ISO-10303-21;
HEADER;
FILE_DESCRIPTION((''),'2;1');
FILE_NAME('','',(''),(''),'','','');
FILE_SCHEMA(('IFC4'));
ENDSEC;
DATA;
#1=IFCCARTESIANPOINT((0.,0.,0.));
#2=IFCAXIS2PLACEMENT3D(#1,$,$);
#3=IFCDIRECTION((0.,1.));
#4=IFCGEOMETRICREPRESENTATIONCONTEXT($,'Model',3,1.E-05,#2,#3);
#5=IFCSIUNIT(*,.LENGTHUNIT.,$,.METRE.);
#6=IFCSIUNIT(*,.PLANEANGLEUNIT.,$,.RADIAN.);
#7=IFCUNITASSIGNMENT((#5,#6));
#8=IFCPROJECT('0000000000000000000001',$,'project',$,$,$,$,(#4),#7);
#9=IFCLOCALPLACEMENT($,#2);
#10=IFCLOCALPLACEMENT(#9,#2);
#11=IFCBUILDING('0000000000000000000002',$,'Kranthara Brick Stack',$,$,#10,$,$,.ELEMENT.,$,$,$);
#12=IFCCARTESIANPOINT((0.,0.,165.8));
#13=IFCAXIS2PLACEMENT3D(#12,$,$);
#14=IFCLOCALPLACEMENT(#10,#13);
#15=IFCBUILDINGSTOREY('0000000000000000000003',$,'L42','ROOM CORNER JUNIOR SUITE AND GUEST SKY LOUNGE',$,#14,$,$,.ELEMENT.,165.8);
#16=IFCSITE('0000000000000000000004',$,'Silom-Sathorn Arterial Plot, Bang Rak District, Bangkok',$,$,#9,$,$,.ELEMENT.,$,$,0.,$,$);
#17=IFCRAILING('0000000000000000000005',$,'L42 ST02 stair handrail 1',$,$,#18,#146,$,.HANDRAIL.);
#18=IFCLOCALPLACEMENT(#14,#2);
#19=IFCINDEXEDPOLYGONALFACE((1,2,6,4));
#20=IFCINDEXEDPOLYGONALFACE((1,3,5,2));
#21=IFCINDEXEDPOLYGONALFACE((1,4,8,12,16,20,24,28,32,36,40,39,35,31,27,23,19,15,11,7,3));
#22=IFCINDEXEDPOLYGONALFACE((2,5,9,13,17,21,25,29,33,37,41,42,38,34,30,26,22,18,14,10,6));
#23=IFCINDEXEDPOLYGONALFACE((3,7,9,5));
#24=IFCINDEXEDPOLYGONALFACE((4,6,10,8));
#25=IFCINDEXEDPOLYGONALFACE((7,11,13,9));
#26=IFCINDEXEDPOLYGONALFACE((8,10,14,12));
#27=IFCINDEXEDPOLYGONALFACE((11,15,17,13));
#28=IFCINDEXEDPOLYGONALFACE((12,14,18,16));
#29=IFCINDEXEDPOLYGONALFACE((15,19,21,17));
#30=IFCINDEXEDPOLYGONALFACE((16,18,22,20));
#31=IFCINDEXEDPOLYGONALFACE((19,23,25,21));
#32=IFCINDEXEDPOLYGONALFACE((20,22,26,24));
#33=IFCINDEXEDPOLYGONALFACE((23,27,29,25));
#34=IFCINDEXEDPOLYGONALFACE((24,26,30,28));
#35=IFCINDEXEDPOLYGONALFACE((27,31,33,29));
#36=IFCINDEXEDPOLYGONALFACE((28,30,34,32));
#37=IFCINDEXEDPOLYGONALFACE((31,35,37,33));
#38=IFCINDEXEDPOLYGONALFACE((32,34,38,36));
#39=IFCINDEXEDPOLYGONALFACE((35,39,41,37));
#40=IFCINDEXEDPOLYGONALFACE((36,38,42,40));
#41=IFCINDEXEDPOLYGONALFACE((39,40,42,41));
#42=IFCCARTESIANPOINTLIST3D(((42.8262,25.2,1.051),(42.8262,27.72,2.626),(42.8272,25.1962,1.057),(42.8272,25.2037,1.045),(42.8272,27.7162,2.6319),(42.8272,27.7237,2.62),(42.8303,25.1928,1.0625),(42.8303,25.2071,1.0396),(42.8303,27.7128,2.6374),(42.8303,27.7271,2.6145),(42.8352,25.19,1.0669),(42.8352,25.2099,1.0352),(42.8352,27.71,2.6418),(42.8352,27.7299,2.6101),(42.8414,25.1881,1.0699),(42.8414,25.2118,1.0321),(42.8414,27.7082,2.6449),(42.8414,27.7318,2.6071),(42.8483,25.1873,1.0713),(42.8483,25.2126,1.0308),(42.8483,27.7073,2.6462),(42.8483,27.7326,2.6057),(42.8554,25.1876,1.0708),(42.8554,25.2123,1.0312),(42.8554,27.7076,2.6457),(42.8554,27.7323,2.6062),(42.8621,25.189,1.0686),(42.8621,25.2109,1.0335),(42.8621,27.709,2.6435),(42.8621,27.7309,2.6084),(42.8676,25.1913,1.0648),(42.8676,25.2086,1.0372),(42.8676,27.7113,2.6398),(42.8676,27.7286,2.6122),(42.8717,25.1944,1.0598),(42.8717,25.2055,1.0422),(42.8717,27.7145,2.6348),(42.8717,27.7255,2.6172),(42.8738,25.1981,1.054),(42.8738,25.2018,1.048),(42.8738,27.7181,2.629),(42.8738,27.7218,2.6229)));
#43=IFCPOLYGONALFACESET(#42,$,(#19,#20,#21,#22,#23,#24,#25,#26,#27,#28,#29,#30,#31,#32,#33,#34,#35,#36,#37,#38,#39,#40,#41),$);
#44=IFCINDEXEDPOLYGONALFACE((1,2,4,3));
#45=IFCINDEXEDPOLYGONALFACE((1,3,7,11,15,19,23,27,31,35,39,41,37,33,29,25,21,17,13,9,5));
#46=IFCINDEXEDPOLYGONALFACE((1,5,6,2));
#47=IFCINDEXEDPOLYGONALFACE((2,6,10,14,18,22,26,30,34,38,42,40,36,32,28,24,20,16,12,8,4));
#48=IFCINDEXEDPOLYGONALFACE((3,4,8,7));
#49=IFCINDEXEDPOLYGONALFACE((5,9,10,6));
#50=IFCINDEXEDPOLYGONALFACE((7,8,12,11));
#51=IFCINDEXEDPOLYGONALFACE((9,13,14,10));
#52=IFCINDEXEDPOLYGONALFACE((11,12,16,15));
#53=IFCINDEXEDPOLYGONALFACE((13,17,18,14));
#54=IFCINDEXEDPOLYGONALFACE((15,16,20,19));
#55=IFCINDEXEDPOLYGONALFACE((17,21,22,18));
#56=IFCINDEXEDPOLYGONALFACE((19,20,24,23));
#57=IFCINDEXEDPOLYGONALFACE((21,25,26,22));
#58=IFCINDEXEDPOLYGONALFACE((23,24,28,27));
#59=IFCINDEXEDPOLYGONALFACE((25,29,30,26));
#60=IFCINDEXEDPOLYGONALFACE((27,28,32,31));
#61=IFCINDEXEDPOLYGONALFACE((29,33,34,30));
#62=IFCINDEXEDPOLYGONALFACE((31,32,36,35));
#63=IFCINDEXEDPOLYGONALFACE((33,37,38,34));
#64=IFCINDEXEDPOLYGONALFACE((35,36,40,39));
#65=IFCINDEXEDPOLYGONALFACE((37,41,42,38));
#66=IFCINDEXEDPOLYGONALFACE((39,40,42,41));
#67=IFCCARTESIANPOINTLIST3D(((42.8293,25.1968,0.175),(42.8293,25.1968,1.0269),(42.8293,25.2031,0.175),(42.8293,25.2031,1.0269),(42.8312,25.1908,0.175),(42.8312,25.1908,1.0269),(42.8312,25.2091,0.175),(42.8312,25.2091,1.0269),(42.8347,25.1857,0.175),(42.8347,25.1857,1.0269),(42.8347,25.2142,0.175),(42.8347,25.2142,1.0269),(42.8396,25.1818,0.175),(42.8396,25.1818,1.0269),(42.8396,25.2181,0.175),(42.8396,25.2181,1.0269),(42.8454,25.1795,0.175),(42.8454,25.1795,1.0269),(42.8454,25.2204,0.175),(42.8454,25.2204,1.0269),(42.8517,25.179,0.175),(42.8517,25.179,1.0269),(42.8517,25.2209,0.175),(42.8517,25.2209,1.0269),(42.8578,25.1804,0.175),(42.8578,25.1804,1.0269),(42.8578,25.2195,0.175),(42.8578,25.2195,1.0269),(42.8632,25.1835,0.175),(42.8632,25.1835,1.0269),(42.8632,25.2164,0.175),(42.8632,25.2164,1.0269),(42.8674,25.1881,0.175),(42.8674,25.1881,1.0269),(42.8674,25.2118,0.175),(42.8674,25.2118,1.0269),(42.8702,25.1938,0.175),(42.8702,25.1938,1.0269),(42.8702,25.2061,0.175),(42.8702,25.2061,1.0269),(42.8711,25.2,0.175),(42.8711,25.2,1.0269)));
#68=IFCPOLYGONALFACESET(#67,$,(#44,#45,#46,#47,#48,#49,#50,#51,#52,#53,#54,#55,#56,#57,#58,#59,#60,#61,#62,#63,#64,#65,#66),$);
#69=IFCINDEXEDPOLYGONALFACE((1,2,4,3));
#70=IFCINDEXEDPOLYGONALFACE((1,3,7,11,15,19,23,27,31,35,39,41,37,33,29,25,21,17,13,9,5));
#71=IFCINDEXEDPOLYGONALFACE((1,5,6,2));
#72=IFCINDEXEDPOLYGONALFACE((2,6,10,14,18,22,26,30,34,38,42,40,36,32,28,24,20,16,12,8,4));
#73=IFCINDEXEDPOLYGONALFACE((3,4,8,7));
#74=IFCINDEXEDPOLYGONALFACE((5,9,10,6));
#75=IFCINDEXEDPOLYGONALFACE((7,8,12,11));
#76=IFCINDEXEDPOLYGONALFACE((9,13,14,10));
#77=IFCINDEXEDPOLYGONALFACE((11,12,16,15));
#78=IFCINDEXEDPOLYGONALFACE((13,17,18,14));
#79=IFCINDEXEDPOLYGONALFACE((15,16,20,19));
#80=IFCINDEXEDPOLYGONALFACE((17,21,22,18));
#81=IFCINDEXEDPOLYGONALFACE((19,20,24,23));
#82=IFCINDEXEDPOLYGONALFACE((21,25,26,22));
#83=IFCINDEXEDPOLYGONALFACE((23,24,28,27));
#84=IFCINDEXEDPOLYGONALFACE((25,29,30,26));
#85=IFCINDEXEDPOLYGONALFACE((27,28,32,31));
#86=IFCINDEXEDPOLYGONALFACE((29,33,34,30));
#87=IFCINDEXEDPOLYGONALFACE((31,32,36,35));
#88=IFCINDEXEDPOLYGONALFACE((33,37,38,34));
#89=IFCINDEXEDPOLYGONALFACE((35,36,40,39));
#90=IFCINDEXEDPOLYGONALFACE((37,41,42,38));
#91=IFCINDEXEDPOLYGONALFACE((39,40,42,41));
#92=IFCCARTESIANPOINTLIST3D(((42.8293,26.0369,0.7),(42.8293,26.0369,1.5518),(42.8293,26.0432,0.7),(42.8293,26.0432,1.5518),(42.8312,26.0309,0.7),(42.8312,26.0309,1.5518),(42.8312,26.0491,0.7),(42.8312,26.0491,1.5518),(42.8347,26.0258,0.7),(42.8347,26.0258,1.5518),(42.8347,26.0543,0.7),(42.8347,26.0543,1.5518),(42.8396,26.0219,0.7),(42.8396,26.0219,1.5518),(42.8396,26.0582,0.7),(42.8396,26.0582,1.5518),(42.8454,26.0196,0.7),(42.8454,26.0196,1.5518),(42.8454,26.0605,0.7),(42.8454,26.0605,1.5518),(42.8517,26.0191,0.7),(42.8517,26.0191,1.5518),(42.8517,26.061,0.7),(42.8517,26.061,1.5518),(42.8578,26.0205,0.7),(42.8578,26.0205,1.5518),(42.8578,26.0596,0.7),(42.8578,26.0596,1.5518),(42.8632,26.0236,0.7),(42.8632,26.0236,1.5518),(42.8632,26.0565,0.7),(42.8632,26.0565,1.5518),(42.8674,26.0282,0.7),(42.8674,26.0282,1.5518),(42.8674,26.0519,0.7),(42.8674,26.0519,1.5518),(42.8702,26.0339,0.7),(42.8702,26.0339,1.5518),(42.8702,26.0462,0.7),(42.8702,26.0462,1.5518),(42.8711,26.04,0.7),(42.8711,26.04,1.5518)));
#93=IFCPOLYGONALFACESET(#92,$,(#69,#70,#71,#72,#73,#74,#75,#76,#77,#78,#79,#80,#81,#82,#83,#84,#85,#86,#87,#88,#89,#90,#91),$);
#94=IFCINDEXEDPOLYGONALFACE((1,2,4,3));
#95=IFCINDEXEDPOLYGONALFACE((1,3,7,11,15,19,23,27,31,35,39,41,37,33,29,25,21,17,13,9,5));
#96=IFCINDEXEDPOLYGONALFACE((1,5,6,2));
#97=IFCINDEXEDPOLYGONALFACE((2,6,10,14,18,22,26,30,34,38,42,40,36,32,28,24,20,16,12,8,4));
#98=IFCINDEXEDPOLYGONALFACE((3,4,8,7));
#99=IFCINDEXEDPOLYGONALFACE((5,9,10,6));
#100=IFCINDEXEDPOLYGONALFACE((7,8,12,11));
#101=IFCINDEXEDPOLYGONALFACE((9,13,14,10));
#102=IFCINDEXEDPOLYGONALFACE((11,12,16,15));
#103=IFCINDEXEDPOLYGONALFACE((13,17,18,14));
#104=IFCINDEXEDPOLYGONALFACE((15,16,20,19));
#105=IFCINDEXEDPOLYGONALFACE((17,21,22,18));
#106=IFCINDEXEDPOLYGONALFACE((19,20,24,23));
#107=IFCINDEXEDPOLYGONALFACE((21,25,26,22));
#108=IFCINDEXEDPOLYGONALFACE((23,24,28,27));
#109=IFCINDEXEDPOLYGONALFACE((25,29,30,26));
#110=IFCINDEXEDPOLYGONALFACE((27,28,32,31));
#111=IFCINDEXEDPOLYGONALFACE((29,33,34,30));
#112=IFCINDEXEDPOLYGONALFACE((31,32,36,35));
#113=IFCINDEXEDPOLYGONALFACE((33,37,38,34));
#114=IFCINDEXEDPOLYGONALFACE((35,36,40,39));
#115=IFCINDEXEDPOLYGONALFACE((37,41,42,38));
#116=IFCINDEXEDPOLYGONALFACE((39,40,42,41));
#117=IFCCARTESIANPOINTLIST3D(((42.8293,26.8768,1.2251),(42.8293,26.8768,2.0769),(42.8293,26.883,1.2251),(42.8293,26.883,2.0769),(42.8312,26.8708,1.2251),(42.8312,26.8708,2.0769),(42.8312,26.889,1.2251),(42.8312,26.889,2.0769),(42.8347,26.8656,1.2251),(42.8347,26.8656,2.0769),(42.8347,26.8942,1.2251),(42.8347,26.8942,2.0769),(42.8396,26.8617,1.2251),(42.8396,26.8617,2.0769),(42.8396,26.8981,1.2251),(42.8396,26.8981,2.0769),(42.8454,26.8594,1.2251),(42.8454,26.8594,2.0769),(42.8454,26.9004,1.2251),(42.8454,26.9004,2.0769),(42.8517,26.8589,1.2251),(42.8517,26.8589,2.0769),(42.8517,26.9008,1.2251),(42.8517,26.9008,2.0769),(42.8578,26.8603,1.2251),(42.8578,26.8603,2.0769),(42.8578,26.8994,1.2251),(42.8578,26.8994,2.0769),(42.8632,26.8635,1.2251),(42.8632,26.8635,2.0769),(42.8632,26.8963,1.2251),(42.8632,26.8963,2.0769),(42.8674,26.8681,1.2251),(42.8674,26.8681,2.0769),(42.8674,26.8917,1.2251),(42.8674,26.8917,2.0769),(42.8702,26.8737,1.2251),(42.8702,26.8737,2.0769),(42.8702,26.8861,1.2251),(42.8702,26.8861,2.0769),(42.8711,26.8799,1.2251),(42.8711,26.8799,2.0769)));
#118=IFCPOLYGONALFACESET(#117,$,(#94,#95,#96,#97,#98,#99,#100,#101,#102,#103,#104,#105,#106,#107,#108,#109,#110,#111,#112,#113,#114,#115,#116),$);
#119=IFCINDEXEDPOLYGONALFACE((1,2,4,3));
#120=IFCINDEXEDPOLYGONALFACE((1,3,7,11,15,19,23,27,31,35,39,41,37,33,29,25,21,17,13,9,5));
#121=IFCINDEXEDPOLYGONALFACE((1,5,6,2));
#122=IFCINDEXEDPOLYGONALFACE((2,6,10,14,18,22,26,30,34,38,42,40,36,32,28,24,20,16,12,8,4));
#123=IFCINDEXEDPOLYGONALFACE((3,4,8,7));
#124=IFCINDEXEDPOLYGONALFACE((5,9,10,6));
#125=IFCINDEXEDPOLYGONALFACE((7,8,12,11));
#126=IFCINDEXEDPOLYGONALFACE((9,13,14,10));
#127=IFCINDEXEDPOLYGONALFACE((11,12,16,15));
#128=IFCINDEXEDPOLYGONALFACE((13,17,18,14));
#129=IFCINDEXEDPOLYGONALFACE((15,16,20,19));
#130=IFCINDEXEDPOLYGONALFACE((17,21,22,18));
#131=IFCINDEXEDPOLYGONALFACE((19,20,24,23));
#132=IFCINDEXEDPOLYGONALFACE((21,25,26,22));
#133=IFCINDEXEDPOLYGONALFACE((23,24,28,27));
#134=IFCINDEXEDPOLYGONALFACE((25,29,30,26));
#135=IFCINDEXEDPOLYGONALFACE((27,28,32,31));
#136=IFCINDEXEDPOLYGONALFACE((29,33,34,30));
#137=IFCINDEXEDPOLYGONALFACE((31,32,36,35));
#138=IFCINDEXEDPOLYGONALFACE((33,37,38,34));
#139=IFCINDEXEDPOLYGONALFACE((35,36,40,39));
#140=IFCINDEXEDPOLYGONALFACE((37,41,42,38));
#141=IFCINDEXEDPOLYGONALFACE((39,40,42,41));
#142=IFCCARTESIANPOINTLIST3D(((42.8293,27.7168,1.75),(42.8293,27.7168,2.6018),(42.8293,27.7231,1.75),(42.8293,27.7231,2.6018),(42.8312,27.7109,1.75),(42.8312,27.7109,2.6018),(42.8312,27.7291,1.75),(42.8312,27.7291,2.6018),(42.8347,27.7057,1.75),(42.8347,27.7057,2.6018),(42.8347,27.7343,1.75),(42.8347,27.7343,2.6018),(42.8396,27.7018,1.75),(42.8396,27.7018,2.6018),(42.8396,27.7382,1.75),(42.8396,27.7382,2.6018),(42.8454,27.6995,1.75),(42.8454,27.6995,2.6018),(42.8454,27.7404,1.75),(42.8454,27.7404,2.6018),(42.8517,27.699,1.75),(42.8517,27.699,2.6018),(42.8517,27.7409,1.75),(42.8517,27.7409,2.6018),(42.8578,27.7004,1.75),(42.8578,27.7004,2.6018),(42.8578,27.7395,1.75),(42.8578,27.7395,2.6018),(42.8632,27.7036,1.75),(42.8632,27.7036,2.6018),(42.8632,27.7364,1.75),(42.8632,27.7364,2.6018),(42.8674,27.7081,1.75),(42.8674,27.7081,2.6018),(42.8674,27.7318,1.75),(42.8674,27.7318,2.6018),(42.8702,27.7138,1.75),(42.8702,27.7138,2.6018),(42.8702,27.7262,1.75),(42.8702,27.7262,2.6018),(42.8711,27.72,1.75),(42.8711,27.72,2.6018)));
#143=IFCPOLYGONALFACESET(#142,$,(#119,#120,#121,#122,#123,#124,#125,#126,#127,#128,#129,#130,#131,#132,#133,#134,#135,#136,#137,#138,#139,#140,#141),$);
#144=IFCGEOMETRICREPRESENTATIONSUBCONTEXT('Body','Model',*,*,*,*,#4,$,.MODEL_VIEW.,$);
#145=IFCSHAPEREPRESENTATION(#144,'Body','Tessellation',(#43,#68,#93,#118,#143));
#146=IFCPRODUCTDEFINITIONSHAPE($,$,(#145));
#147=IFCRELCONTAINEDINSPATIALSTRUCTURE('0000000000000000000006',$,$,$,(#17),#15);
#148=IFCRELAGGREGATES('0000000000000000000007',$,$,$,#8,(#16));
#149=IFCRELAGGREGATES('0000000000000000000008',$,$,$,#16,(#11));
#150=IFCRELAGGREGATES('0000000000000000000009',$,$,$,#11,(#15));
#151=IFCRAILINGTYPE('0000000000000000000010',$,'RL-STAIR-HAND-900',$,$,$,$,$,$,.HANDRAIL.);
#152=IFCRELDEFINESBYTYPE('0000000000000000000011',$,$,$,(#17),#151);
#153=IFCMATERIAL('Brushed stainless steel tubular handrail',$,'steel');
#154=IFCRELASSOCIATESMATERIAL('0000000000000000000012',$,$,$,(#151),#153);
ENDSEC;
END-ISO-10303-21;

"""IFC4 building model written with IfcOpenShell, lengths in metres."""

from ifc_helpers import new_model, si_unit, direction, frame, origin, origin_2d, place, context, subcontext, project, spatial, circle, extrude, material, type_object, element, save


model = new_model("IFC4")

# Units and contexts
model_context = context("Model", 3, precision=1e-05, world=origin(), true_north=direction((0.0, 1.0)))
body_context = subcontext(model_context, "Body", "Model", "MODEL_VIEW")
ifc_project = project(units=[si_unit("LENGTHUNIT", "METRE"), si_unit("PLANEANGLEUNIT", "RADIAN")], contexts=[model_context])

# Site, building, storey
site_placement = place(None, origin())
site = spatial("IfcSite", under=ifc_project, at=site_placement, Name="Silom-Sathorn Arterial Plot, Bang Rak District, Bangkok", CompositionType="ELEMENT", RefElevation=0.0)
building_placement = place(site_placement, origin())
building = spatial("IfcBuilding", under=site, at=building_placement, Name="Kranthara Brick Stack", CompositionType="ELEMENT")
storey_placement = place(building_placement, frame((0.0, 0.0, 165.8)))
storey = spatial("IfcBuildingStorey", under=building, at=storey_placement, Name="L42", Description="ROOM CORNER JUNIOR SUITE AND GUEST SKY LOUNGE", CompositionType="ELEMENT", Elevation=165.8)

# Railing
ifc_material_1 = material(Name="Brushed stainless steel tubular handrail", Category="steel")
railing_type_1 = type_object("IfcRailingType", Name="RL-STAIR-HAND-900", PredefinedType="HANDRAIL", material=ifc_material_1)
railing_1_placement = place(storey_placement, frame((42.8501, 25.2, 0.175)))
element("IfcRailing", 1, at=railing_1_placement, inside=storey, type_object=railing_type_1, Name="L42 ST02 stair handrail 1", PredefinedType="HANDRAIL", context=body_context, shape_type="SweptSolid", body=[
    extrude(circle(Radius=0.0239, at=origin_2d()), frame((0.0, 0.0, 0.876), z_axis=(0.0, 0.848008, 0.529984), x_axis=(-1.0, 0.0, 0.0)), (0.0, 0.0, 1.0), 2.9717),
    extrude(circle(Radius=0.021, at=origin_2d()), origin(), (0.0, 0.0, 1.0), 0.8518),
    extrude(circle(Radius=0.021, at=origin_2d()), frame((0.0, 0.8401, 0.5249)), (0.0, 0.0, 1.0), 0.8518),
    extrude(circle(Radius=0.021, at=origin_2d()), frame((0.0, 1.6799, 1.05)), (0.0, 0.0, 1.0), 0.8518),
    extrude(circle(Radius=0.021, at=origin_2d()), frame((0.0, 2.52, 1.575)), (0.0, 0.0, 1.0), 0.8518),
])

save(model, "model.ifc")
